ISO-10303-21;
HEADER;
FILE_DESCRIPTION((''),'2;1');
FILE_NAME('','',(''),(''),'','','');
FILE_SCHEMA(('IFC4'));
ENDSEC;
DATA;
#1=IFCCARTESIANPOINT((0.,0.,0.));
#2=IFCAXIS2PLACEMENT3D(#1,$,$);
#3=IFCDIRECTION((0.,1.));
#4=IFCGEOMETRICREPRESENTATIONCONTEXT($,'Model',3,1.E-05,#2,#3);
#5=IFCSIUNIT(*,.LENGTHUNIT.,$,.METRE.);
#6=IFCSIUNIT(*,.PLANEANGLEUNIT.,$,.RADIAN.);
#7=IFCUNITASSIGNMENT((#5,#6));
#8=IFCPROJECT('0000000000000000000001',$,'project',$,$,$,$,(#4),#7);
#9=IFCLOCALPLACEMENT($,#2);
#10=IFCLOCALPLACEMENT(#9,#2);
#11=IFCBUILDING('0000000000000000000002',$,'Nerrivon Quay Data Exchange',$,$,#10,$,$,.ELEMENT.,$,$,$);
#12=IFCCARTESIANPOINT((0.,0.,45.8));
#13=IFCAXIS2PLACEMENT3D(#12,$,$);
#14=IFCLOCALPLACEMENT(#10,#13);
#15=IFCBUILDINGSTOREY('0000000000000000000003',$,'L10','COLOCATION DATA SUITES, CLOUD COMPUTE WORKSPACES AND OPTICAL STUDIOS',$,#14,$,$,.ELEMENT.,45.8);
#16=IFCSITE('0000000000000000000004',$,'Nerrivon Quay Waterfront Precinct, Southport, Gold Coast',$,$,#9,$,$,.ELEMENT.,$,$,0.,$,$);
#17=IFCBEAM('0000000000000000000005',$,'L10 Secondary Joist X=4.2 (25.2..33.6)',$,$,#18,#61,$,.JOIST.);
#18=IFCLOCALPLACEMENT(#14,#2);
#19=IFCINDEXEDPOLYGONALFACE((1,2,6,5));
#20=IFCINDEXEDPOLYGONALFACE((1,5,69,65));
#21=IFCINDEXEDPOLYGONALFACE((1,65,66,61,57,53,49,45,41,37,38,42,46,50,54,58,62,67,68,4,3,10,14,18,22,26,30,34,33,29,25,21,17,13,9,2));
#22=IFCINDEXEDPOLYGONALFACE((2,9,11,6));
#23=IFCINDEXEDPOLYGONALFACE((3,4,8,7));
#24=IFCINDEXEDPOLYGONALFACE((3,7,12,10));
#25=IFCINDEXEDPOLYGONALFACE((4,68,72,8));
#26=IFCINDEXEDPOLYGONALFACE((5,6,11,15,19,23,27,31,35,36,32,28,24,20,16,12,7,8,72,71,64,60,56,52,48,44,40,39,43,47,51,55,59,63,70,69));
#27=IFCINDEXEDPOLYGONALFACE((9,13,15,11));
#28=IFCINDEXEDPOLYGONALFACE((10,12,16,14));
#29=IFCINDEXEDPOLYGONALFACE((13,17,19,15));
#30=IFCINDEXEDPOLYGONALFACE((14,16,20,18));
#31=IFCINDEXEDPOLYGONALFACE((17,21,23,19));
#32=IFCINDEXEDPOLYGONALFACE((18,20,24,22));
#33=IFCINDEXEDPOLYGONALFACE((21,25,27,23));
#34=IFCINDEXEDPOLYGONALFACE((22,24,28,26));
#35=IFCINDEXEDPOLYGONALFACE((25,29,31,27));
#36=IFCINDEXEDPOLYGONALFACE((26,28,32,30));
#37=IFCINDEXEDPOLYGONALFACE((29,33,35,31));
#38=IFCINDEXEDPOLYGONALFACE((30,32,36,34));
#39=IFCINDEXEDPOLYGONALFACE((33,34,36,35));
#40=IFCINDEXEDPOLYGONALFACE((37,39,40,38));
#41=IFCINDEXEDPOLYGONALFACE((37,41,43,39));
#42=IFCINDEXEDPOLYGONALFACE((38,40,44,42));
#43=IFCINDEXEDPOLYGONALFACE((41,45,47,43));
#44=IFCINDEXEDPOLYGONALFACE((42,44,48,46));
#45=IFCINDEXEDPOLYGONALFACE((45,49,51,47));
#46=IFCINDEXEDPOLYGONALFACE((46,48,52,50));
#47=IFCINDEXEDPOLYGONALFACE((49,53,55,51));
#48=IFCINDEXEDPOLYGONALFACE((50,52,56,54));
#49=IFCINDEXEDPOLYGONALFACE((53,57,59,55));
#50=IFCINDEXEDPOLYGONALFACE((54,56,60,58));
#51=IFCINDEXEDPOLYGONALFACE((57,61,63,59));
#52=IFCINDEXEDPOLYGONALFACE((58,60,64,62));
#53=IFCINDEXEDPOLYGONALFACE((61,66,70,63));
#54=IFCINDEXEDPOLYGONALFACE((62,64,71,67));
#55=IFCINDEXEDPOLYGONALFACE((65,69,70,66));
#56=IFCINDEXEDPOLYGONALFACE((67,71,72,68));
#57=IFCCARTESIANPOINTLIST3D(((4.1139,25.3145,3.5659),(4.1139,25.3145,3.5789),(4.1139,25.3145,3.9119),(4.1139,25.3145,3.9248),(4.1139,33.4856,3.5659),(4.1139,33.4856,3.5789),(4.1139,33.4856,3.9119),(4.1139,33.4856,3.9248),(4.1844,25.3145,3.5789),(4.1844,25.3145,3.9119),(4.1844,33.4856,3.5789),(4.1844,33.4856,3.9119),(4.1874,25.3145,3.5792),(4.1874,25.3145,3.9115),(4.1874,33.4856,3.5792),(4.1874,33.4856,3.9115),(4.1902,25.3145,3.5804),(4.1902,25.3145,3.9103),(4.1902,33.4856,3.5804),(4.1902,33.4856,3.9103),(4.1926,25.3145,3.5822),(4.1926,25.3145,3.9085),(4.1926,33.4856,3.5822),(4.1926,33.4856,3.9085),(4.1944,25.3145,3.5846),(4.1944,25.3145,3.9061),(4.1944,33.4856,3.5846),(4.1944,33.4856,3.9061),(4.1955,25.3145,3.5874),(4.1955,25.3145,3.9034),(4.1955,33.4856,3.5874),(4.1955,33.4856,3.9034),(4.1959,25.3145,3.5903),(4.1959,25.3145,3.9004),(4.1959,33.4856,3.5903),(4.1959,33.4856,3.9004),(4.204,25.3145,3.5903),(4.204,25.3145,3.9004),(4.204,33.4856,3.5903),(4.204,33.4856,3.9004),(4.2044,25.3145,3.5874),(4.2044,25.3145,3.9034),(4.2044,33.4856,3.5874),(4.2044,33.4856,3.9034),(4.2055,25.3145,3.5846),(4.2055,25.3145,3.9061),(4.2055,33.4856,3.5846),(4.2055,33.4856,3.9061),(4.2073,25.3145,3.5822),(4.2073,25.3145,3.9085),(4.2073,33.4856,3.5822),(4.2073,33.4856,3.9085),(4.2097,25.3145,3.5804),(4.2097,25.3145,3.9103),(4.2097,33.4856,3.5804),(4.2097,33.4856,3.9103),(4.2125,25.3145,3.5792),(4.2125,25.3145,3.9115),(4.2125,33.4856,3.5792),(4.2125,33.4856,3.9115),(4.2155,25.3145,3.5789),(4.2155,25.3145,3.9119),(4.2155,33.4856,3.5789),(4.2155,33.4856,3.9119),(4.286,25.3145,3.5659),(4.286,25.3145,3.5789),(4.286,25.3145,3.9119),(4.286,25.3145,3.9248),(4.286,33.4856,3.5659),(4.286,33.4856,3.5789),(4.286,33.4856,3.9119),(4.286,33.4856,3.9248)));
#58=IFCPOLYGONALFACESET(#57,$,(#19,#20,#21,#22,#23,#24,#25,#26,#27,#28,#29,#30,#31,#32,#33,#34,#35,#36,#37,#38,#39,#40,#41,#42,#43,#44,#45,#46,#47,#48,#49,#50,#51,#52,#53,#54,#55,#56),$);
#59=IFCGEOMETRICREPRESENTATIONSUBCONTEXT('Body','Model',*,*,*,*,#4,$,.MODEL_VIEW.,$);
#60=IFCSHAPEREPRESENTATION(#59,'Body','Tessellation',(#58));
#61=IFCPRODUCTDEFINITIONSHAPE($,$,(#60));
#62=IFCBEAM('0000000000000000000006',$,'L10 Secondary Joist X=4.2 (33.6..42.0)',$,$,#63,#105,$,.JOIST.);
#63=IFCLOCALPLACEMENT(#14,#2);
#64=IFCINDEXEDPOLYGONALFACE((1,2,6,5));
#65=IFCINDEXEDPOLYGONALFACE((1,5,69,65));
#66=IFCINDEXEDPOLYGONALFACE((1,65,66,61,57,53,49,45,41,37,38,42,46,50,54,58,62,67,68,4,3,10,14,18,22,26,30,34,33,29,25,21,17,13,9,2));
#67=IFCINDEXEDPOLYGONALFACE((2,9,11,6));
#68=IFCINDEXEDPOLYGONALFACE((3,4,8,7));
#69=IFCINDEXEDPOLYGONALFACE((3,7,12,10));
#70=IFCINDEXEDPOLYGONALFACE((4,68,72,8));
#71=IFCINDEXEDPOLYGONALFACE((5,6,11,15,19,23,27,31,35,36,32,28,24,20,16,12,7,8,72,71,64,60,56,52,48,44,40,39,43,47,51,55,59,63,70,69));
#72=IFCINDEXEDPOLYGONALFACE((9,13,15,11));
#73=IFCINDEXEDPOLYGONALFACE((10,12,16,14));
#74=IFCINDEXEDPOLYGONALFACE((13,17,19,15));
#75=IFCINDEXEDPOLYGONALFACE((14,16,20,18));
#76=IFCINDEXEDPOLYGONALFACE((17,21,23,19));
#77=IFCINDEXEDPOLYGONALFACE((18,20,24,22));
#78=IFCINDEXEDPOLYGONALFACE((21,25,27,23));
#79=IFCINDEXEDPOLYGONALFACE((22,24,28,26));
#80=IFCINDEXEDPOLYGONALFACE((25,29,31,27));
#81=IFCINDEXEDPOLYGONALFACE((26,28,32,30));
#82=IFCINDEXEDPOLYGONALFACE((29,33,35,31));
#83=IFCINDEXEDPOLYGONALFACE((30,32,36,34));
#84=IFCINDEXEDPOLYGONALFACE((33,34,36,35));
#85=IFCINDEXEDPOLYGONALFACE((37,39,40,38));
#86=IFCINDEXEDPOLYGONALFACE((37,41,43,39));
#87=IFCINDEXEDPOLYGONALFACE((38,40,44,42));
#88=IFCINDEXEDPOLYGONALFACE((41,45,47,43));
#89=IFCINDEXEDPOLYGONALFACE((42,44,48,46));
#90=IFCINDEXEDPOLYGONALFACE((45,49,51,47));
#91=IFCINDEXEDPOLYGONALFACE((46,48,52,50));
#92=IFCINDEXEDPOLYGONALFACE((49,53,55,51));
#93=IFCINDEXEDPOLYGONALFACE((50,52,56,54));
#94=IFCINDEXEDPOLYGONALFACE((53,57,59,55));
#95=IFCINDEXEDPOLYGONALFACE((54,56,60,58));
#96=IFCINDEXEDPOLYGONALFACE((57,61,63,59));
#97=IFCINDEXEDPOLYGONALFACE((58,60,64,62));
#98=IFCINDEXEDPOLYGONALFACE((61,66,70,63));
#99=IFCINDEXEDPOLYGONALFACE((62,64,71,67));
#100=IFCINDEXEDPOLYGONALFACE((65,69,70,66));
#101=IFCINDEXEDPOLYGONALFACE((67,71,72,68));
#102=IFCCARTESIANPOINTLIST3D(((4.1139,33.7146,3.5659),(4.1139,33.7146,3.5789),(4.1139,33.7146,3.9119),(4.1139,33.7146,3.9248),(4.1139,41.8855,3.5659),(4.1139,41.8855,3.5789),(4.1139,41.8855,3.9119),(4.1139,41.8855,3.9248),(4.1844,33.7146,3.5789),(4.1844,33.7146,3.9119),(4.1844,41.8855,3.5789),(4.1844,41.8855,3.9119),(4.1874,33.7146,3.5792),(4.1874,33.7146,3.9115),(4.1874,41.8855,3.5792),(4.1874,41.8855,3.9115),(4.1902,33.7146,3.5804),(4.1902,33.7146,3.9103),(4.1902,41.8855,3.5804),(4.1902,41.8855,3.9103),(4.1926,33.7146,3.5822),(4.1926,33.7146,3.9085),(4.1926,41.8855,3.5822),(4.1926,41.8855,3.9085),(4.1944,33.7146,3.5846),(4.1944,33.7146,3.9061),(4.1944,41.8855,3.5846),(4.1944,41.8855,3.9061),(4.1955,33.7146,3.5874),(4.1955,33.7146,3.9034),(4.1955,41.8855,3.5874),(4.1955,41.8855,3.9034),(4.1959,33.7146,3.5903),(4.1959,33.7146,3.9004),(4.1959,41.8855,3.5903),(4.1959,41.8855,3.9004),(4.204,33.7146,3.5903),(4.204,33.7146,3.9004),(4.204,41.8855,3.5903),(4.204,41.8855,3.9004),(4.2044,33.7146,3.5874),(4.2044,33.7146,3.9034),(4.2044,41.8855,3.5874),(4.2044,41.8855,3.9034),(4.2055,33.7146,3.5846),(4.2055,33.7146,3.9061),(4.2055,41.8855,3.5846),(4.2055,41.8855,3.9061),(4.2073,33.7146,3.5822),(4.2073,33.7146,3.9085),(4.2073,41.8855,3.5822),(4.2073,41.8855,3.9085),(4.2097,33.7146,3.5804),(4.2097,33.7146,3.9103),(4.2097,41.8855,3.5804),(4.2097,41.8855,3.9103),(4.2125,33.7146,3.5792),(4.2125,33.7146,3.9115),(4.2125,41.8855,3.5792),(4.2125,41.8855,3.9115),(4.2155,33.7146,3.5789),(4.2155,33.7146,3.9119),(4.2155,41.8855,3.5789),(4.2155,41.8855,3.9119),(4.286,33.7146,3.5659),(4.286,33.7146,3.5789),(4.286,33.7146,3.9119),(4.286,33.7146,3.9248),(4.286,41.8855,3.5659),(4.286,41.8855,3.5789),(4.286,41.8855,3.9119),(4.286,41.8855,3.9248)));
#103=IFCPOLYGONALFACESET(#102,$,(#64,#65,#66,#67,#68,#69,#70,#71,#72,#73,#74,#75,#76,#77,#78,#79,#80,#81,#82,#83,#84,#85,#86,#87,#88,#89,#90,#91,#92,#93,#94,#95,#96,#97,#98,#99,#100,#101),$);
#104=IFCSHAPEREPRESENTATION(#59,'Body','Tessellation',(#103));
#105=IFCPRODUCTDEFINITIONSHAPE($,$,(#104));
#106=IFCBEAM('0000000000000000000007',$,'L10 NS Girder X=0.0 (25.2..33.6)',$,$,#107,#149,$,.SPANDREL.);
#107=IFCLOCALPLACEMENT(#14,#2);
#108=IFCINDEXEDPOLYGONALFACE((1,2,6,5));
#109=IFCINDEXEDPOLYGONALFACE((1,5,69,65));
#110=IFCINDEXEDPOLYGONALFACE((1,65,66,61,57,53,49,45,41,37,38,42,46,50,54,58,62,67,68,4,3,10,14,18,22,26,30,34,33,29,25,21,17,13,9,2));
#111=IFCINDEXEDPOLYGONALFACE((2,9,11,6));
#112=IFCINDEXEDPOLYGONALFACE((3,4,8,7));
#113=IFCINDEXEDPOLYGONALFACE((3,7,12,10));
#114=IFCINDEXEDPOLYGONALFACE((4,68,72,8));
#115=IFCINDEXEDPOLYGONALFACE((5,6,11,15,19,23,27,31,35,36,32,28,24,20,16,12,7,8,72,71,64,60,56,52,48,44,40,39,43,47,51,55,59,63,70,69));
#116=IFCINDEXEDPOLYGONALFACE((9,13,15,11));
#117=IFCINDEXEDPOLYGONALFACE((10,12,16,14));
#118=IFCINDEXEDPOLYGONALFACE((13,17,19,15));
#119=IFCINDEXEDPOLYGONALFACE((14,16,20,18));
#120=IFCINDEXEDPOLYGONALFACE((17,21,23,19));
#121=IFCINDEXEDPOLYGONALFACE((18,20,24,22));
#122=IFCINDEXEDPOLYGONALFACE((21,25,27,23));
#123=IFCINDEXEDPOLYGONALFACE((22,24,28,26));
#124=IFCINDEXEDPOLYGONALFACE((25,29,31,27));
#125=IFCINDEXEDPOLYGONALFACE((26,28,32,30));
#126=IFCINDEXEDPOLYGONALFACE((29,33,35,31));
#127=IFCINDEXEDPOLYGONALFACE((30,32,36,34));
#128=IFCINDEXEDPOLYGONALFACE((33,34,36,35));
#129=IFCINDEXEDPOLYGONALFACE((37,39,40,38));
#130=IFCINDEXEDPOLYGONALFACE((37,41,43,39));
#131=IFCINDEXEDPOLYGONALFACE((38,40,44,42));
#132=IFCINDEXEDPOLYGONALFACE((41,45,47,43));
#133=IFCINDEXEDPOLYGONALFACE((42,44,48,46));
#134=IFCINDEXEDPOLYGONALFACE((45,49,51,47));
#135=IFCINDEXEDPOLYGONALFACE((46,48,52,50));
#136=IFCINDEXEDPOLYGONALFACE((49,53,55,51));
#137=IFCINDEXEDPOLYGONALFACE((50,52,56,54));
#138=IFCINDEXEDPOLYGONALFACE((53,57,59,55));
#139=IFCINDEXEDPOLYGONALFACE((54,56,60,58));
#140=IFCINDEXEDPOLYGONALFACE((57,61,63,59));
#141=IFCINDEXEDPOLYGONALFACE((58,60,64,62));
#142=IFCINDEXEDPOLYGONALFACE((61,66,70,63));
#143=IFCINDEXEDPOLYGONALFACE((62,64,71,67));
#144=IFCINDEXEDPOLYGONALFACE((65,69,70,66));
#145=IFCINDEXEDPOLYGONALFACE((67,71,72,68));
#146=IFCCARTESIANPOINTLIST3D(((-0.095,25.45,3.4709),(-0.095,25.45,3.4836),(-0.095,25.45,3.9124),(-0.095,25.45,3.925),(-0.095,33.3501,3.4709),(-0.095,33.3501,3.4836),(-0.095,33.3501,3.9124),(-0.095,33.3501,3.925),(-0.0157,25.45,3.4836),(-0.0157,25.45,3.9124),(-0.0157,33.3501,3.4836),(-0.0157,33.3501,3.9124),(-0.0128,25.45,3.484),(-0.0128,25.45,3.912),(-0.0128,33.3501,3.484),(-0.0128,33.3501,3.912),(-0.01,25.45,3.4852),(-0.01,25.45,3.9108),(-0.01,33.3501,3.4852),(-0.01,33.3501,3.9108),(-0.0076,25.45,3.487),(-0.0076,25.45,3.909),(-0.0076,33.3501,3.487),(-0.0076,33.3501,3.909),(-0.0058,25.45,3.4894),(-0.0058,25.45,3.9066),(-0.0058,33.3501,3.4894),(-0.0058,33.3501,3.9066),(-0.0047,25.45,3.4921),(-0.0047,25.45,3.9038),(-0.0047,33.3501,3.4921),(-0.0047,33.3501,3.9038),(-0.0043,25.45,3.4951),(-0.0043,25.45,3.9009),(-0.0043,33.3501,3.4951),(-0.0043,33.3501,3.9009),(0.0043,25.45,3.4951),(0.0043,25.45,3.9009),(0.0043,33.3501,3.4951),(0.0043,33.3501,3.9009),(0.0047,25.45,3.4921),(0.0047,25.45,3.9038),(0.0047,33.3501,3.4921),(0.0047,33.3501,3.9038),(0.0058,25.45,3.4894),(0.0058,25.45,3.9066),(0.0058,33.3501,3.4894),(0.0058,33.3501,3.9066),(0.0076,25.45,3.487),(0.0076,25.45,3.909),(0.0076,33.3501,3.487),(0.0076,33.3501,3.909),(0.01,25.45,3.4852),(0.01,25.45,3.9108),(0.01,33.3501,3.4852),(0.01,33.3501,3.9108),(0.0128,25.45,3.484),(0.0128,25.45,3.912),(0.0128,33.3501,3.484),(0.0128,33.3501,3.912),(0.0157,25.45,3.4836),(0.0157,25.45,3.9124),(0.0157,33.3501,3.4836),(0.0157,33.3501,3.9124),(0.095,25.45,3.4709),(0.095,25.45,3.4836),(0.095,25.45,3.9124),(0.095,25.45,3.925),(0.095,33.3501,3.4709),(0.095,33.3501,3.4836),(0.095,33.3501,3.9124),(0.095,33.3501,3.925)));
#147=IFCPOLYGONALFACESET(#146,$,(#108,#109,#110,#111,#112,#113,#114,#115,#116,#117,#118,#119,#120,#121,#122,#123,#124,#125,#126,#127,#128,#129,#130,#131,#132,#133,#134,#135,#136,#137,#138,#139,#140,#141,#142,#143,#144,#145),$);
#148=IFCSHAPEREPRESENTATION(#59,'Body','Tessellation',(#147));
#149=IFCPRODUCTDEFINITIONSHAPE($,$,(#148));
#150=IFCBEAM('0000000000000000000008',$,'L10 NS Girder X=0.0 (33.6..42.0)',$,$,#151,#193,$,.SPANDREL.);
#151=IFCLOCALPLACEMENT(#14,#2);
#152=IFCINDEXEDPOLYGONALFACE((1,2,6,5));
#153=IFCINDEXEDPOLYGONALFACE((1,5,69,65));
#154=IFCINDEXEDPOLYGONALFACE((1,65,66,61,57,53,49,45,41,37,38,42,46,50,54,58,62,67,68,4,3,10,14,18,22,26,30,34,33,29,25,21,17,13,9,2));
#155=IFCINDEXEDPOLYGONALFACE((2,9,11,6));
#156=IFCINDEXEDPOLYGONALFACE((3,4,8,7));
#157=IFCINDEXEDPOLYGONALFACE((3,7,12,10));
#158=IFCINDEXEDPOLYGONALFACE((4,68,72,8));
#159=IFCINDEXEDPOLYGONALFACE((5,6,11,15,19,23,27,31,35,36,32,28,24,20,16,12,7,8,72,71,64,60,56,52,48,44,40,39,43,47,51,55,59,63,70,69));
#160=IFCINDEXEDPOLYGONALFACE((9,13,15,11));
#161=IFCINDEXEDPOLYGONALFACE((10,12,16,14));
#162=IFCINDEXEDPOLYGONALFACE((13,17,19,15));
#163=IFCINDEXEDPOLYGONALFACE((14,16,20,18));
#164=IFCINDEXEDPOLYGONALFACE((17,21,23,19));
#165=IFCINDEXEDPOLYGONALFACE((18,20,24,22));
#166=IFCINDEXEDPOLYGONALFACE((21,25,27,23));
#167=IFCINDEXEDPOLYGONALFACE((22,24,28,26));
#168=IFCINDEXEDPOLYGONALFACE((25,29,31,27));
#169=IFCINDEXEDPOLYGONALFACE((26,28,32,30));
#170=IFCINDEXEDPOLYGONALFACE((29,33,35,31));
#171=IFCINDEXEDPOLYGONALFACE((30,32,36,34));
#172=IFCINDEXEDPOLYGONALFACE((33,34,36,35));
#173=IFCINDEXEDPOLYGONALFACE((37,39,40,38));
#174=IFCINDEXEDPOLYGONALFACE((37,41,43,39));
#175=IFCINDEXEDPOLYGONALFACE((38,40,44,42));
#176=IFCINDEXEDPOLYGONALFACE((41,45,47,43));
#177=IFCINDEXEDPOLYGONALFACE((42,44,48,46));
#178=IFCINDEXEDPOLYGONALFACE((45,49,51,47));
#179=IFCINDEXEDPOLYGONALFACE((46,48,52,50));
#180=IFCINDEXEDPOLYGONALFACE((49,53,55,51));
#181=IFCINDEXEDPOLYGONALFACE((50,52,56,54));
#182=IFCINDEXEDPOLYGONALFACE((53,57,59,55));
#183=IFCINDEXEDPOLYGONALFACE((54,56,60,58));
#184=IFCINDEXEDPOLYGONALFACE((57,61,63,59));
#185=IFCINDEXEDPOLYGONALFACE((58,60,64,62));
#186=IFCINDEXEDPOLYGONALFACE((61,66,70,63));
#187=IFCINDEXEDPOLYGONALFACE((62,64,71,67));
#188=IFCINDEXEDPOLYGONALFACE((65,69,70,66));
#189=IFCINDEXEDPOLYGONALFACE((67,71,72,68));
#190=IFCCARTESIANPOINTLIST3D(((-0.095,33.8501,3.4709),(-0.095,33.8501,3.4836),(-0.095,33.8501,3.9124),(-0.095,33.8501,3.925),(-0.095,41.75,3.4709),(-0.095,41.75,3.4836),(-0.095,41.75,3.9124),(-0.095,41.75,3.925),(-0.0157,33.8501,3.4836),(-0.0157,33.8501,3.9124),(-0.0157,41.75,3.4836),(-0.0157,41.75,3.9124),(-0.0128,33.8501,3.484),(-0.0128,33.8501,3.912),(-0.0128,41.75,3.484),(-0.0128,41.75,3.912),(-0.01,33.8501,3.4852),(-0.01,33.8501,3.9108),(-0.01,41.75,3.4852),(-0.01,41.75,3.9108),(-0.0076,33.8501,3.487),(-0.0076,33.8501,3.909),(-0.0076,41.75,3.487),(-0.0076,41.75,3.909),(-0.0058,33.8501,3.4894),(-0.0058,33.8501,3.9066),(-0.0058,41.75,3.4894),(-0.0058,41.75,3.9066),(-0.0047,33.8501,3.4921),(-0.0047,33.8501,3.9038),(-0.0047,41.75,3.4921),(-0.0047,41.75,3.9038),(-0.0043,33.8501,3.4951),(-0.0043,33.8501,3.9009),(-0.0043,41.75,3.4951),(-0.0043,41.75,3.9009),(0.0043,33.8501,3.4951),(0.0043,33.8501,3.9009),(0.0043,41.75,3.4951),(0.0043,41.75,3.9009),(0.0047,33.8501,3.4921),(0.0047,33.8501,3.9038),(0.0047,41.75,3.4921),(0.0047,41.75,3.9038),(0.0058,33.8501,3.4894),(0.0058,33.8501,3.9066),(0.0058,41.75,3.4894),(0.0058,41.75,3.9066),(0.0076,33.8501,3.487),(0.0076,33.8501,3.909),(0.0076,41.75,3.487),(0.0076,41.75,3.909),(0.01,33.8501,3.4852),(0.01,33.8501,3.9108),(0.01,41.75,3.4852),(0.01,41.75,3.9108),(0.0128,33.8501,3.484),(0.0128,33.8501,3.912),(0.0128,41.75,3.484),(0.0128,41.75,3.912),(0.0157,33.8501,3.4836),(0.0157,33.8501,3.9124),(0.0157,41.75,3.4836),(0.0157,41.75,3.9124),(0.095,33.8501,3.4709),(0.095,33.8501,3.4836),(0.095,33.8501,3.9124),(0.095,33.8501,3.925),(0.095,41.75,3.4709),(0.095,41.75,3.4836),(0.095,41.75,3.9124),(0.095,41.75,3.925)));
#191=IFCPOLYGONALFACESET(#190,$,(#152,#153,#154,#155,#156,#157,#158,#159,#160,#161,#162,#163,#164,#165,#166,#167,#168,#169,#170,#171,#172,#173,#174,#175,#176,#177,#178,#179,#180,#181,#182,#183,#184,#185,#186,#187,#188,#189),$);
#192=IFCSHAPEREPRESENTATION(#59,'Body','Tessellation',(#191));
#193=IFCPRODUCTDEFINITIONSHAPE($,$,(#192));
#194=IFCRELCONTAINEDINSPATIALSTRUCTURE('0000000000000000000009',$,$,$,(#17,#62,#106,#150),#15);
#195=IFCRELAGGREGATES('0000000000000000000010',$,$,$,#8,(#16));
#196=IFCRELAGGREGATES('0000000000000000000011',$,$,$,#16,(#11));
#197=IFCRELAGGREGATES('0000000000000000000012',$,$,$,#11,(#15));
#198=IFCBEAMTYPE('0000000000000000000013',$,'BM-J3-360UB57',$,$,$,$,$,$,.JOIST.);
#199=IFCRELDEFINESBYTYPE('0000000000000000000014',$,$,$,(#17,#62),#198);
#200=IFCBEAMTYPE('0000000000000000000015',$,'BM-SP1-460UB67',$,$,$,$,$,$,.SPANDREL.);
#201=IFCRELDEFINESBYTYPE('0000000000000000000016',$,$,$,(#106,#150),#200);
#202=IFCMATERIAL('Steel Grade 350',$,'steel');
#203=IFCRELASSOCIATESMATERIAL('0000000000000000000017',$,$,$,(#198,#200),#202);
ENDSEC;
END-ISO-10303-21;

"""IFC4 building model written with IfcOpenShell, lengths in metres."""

from ifc_helpers import new_model, si_unit, direction, frame, origin, origin_2d, place, context, subcontext, project, spatial, i_section, extrude, material, material_profile, profile_set, type_object, element, save


model = new_model("IFC4")

# Units and contexts
model_context = context("Model", 3, precision=1e-05, world=origin(), true_north=direction((0.0, 1.0)))
body_context = subcontext(model_context, "Body", "Model", "MODEL_VIEW")
ifc_project = project(units=[si_unit("LENGTHUNIT", "METRE"), si_unit("PLANEANGLEUNIT", "RADIAN")], contexts=[model_context])

# Site, building, storey
site_placement = place(None, origin())
site = spatial("IfcSite", under=ifc_project, at=site_placement, Name="Nerrivon Quay Waterfront Precinct, Southport, Gold Coast", CompositionType="ELEMENT", RefElevation=0.0)
building_placement = place(site_placement, origin())
building = spatial("IfcBuilding", under=site, at=building_placement, Name="Nerrivon Quay Data Exchange", CompositionType="ELEMENT")
storey_placement = place(building_placement, frame((0.0, 0.0, 45.8)))
storey = spatial("IfcBuildingStorey", under=building, at=storey_placement, Name="L10", Description="COLOCATION DATA SUITES, CLOUD COMPUTE WORKSPACES AND OPTICAL STUDIOS", CompositionType="ELEMENT", Elevation=45.8)

# Shared definitions
ifc_material_1 = material(Name="Steel Grade 350", Category="steel")

# Beams
ifc_material_profile_1 = material_profile(ifc_material_1, i_section(OverallWidth=0.1721, OverallDepth=0.3589, WebThickness=0.0081, FlangeThickness=0.0129, FilletRadius=0.0115, at=origin_2d()), Name="360UB56.7")
ifc_profile_set_1 = profile_set([ifc_material_profile_1], Name="Steel Grade 350")
beam_type_1 = type_object("IfcBeamType", Name="BM-J3-360UB57", PredefinedType="JOIST", material=ifc_profile_set_1)
beam_1_placement = place(storey_placement, frame((4.2, 25.3145, 3.7454), z_axis=(0.0, 1.0, 0.0), x_axis=(-1.0, 0.0, 0.0)))
element("IfcBeam", 1, at=beam_1_placement, inside=storey, type_object=beam_type_1, Name="L10 Secondary Joist X=4.2 (25.2..33.6)", PredefinedType="JOIST", context=body_context, shape_type="SweptSolid", body=[
    extrude(i_section(OverallWidth=0.1721, OverallDepth=0.3589, WebThickness=0.0081, FlangeThickness=0.0129, FilletRadius=0.0115, at=origin_2d()), origin(), (0.0, 0.0, 1.0), 8.1711),
])
beam_2_placement = place(storey_placement, frame((4.2, 33.7146, 3.7454), z_axis=(0.0, 1.0, 0.0), x_axis=(-1.0, 0.0, 0.0)))
element("IfcBeam", 2, at=beam_2_placement, inside=storey, type_object=beam_type_1, Name="L10 Secondary Joist X=4.2 (33.6..42.0)", PredefinedType="JOIST", context=body_context, shape_type="SweptSolid", body=[
    extrude(i_section(OverallWidth=0.1721, OverallDepth=0.3589, WebThickness=0.0081, FlangeThickness=0.0129, FilletRadius=0.0115, at=origin_2d()), origin(), (0.0, 0.0, 1.0), 8.1709),
])
ifc_material_profile_2 = material_profile(ifc_material_1, i_section(OverallWidth=0.1899, OverallDepth=0.4541, WebThickness=0.0085, FlangeThickness=0.0127, FilletRadius=0.0115, at=origin_2d()), Name="460UB67.1")
ifc_profile_set_2 = profile_set([ifc_material_profile_2], Name="Steel Grade 350")
beam_type_2 = type_object("IfcBeamType", Name="BM-SP1-460UB67", PredefinedType="SPANDREL", material=ifc_profile_set_2)
beam_3_placement = place(storey_placement, frame((0.0, 25.45, 3.698), z_axis=(0.0, 1.0, 0.0), x_axis=(-1.0, 0.0, 0.0)))
element("IfcBeam", 3, at=beam_3_placement, inside=storey, type_object=beam_type_2, Name="L10 NS Girder X=0.0 (25.2..33.6)", PredefinedType="SPANDREL", context=body_context, shape_type="SweptSolid", body=[
    extrude(i_section(OverallWidth=0.1899, OverallDepth=0.4541, WebThickness=0.0085, FlangeThickness=0.0127, FilletRadius=0.0115, at=origin_2d()), origin(), (0.0, 0.0, 1.0), 7.9001),
])
beam_4_placement = place(storey_placement, frame((0.0, 33.8501, 3.698), z_axis=(0.0, 1.0, 0.0), x_axis=(-1.0, 0.0, 0.0)))
element("IfcBeam", 4, at=beam_4_placement, inside=storey, type_object=beam_type_2, Name="L10 NS Girder X=0.0 (33.6..42.0)", PredefinedType="SPANDREL", context=body_context, shape_type="SweptSolid", body=[
    extrude(i_section(OverallWidth=0.1899, OverallDepth=0.4541, WebThickness=0.0085, FlangeThickness=0.0127, FilletRadius=0.0115, at=origin_2d()), origin(), (0.0, 0.0, 1.0), 7.8999),
])

save(model, "model.ifc")
